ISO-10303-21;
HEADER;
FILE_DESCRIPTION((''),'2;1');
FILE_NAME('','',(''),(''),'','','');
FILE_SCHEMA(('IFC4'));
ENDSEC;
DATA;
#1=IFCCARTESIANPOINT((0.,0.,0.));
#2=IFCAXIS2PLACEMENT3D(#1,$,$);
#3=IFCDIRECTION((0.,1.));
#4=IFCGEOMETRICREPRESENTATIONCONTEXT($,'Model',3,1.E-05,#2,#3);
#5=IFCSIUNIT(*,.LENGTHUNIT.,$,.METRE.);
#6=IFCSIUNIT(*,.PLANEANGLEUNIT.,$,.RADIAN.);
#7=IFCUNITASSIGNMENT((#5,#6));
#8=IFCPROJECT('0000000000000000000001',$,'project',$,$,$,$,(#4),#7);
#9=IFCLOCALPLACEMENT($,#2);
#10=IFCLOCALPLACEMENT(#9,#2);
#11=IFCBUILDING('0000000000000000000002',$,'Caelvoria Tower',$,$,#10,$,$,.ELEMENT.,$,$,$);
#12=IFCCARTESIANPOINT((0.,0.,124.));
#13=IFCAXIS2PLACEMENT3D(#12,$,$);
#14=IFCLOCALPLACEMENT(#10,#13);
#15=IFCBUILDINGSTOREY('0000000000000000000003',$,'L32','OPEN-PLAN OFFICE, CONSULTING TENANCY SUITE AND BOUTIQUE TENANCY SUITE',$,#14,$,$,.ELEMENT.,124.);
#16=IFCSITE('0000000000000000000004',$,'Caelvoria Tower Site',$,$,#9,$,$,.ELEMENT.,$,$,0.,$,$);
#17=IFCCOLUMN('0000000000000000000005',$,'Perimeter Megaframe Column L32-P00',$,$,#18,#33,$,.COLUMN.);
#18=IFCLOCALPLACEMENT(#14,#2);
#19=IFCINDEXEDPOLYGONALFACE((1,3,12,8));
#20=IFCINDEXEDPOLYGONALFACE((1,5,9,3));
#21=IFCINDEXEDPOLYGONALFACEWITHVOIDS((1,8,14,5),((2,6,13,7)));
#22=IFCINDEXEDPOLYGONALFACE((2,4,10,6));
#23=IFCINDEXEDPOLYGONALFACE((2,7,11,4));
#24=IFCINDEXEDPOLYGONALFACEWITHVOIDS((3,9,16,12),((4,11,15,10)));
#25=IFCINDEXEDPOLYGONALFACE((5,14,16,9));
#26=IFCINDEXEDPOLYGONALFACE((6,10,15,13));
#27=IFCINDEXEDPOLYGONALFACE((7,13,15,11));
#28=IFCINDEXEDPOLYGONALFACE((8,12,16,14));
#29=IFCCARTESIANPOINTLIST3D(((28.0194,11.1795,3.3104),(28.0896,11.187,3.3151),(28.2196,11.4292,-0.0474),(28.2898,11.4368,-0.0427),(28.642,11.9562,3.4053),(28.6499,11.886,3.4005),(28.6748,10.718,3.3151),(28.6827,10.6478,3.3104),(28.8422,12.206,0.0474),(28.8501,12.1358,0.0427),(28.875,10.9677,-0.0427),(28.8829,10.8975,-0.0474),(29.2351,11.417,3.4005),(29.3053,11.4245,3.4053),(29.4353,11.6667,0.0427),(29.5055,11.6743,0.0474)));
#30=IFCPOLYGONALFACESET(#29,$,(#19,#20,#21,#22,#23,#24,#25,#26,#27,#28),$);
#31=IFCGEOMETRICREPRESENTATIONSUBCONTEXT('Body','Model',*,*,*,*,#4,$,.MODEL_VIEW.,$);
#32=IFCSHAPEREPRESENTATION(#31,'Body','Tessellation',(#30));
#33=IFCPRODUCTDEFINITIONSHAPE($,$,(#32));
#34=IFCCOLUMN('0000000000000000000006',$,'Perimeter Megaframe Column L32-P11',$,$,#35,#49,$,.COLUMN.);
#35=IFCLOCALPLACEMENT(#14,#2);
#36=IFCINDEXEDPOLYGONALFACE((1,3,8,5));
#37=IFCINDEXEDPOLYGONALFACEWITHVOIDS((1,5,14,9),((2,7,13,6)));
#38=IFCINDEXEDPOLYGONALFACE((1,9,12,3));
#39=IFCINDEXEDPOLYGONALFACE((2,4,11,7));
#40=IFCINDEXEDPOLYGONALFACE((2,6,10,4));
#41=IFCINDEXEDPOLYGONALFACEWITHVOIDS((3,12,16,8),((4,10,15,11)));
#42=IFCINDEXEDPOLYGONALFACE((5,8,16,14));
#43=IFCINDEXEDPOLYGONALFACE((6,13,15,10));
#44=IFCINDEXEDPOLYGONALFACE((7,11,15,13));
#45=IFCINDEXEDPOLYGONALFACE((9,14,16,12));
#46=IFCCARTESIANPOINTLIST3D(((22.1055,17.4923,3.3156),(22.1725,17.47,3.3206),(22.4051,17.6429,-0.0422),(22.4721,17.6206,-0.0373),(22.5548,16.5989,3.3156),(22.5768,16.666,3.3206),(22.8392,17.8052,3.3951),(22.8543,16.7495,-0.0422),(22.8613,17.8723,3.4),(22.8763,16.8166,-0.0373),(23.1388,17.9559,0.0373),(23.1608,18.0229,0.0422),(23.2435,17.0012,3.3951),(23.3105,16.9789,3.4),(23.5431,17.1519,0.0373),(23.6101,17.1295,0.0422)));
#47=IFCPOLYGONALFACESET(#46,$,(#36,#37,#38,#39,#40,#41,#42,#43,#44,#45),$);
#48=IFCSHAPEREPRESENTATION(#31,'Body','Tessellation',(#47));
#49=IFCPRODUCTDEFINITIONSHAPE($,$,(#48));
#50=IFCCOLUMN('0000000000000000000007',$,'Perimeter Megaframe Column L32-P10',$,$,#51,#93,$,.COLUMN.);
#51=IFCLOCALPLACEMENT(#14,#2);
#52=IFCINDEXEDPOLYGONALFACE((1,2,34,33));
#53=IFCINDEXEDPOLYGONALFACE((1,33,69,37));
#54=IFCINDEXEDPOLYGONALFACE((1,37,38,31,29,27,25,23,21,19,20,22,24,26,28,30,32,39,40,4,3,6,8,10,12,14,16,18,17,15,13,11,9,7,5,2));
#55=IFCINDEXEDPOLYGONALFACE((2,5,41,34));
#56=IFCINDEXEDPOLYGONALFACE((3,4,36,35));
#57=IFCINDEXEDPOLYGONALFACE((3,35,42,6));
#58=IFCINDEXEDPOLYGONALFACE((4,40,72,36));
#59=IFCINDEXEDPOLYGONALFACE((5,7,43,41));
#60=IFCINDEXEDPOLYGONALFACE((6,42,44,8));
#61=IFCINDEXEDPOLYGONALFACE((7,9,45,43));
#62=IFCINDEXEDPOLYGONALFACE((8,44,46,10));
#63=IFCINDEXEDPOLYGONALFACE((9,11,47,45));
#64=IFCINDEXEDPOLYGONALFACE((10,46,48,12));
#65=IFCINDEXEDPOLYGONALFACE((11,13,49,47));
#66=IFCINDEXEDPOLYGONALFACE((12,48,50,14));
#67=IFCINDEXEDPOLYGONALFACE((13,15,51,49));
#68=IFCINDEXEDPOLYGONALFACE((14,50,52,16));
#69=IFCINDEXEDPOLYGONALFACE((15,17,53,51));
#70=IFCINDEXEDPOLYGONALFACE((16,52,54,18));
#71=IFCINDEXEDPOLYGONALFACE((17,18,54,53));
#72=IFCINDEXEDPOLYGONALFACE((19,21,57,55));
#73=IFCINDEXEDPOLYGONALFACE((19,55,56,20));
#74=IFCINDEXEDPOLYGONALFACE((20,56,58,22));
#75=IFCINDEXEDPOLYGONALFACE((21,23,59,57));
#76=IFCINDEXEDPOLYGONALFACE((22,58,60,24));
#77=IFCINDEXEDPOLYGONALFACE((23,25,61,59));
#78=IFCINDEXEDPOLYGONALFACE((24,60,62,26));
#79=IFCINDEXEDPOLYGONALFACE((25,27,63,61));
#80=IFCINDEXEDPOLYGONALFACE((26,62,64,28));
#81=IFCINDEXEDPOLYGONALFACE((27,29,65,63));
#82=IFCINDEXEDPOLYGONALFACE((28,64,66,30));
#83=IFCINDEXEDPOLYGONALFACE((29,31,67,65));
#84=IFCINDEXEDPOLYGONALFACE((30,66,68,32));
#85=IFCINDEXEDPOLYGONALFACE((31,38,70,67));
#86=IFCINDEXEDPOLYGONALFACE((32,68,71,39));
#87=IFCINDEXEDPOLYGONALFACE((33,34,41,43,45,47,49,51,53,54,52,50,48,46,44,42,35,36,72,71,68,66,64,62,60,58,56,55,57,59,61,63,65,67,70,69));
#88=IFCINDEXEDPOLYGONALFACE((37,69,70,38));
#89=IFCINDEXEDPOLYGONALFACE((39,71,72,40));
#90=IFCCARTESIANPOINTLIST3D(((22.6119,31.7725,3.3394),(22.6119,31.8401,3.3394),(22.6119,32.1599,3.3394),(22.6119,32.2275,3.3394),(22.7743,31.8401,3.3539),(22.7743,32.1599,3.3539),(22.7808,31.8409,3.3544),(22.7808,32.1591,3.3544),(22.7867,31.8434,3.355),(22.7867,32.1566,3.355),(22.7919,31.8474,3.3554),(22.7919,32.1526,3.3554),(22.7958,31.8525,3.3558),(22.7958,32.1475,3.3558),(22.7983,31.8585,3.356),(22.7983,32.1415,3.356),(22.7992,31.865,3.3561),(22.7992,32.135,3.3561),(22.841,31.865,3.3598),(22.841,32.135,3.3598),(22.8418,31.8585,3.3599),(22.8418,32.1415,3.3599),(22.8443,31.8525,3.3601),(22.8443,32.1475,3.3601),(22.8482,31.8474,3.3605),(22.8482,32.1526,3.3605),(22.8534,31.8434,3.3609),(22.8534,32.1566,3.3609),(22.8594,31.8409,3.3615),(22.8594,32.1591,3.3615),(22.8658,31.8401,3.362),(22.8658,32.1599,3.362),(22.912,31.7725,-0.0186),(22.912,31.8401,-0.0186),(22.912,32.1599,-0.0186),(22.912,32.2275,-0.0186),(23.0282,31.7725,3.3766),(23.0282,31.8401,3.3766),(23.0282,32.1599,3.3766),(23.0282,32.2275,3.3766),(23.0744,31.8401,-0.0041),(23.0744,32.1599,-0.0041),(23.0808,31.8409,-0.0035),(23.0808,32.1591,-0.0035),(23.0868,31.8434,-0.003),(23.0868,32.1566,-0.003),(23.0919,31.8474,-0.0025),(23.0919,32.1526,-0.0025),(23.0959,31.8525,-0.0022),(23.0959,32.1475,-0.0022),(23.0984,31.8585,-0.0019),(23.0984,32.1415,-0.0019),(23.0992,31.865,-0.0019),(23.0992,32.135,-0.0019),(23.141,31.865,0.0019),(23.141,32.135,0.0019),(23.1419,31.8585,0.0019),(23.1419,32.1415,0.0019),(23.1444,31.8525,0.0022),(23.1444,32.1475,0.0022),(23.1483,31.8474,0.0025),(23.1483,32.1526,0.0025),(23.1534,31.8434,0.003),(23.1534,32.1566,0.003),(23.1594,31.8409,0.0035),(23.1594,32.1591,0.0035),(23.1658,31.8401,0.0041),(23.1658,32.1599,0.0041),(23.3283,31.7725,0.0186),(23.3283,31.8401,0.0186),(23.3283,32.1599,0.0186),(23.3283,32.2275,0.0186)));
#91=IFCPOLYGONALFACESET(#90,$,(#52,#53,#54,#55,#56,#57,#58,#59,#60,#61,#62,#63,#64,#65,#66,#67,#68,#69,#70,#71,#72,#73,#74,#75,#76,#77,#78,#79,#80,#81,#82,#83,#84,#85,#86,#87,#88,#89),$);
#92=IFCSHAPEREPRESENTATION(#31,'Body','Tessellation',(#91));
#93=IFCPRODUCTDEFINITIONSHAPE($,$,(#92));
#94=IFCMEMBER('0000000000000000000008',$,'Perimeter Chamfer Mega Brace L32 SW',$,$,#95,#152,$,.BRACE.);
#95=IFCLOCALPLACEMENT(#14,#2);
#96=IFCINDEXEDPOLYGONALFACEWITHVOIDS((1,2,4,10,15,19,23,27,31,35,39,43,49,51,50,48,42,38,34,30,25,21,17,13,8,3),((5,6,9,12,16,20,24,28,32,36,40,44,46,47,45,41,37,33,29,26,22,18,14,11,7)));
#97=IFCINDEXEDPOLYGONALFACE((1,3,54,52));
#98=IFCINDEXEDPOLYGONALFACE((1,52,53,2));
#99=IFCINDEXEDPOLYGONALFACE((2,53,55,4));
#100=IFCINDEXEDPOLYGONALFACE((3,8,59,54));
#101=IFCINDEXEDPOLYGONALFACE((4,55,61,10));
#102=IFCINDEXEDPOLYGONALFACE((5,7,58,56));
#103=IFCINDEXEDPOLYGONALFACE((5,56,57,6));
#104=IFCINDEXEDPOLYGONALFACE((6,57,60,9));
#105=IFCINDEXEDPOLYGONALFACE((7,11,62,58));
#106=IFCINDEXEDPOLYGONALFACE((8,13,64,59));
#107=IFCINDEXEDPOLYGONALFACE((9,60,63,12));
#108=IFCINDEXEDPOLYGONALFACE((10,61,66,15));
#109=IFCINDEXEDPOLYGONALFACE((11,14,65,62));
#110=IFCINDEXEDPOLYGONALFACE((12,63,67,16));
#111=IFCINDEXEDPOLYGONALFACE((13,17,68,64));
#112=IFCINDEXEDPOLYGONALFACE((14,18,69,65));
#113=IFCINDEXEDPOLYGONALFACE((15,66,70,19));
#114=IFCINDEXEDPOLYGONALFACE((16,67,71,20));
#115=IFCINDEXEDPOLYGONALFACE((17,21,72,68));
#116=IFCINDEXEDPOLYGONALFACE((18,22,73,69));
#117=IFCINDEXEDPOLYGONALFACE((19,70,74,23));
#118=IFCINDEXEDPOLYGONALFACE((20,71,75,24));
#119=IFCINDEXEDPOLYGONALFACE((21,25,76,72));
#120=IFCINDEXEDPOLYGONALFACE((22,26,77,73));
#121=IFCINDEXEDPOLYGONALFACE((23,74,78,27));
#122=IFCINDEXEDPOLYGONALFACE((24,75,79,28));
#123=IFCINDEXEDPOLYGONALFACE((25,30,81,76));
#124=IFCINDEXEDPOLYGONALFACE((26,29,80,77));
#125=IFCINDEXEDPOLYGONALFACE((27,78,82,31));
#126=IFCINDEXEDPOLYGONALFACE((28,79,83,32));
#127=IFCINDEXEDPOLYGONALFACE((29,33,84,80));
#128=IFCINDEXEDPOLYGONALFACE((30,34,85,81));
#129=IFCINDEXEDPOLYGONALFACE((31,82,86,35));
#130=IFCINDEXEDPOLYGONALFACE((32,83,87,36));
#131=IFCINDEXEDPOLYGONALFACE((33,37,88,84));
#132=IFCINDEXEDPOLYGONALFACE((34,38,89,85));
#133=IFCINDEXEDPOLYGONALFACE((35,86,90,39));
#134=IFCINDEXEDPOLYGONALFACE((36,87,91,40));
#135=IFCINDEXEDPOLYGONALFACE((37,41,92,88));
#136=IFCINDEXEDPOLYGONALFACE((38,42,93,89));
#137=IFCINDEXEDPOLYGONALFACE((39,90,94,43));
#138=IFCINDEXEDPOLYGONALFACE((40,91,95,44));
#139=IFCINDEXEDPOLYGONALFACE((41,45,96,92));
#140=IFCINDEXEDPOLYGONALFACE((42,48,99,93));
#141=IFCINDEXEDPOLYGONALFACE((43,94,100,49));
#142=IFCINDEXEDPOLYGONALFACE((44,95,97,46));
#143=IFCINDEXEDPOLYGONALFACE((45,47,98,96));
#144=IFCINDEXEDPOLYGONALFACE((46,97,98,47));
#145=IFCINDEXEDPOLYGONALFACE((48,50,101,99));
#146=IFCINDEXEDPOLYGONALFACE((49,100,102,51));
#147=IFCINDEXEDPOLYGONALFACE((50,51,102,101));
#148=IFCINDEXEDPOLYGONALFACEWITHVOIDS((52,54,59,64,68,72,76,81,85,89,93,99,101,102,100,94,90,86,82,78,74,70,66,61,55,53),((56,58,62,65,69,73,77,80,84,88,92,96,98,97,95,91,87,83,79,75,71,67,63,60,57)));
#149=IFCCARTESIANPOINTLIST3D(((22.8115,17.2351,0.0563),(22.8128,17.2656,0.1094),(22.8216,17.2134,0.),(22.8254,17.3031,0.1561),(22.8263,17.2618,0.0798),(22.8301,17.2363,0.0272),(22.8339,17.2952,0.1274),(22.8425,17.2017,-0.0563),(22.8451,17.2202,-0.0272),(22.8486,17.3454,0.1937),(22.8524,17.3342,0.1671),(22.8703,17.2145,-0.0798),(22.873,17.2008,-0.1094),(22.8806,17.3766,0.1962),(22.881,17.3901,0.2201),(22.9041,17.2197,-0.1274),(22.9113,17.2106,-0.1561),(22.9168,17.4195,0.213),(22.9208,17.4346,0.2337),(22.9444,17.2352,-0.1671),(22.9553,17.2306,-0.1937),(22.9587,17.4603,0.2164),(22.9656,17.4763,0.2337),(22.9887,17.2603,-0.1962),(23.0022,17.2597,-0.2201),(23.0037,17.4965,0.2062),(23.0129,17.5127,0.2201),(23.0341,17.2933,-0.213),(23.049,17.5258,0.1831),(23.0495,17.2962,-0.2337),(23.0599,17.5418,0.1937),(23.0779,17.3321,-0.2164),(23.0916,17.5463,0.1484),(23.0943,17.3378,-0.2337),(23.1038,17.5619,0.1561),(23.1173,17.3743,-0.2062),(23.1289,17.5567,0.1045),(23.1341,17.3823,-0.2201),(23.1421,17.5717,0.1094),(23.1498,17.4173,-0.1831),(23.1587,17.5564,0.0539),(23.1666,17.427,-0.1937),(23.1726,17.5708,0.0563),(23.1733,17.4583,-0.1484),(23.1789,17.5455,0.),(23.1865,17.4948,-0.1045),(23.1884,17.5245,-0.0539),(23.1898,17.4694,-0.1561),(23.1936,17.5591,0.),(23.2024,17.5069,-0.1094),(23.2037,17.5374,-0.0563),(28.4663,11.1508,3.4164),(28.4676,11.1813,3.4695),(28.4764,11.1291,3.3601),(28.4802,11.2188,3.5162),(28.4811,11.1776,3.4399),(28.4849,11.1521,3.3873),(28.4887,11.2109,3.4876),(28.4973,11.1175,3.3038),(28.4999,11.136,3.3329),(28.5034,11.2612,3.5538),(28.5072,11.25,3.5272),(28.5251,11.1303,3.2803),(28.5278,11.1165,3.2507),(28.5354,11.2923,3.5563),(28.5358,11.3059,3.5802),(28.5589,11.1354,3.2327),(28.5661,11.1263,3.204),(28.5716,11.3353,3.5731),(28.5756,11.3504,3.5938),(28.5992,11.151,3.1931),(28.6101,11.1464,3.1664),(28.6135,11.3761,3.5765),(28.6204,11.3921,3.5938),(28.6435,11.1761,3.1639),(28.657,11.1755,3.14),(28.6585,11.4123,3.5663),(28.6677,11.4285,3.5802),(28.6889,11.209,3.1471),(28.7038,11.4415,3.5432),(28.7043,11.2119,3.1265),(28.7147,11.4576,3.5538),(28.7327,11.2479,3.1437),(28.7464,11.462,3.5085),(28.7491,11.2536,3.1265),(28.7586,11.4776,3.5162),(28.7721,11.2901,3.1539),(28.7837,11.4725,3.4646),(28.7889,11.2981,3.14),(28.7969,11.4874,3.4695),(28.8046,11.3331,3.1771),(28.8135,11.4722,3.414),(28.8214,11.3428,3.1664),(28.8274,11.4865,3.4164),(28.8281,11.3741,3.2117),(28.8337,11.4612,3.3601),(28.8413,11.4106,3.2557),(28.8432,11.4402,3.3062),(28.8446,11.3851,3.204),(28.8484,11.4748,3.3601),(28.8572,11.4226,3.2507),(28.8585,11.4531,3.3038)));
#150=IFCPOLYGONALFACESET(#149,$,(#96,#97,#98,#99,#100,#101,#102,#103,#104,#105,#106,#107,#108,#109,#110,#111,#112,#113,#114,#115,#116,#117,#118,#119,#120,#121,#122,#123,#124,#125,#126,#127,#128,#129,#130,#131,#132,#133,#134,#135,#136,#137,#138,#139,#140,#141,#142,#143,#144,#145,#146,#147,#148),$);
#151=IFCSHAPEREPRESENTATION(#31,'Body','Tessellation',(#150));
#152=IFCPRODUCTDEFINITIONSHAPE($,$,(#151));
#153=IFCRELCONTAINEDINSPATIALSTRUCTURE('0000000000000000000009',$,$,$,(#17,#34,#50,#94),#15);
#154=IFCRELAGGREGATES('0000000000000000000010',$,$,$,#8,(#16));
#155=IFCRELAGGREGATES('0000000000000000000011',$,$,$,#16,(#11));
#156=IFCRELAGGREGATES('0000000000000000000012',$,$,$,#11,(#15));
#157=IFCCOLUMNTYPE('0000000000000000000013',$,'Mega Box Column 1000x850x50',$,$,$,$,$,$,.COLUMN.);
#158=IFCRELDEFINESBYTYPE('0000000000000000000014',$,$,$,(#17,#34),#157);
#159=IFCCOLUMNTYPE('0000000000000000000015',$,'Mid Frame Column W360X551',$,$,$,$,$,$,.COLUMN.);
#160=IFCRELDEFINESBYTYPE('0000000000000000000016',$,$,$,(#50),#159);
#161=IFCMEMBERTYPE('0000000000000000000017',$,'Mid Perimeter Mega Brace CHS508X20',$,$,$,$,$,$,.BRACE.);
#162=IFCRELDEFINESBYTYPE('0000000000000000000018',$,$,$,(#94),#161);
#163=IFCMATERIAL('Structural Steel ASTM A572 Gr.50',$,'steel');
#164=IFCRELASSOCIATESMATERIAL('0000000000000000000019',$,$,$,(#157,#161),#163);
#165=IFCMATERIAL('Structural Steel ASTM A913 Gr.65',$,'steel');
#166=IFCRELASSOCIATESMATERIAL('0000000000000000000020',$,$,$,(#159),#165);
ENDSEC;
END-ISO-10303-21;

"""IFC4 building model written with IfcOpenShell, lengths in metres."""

from ifc_helpers import new_model, si_unit, direction, frame, origin, origin_2d, place, context, subcontext, project, spatial, hollow_rectangle, hollow_circle, i_section, extrude, material, material_profile, profile_set, type_object, element, save


model = new_model("IFC4")

# Units and contexts
model_context = context("Model", 3, precision=1e-05, world=origin(), true_north=direction((0.0, 1.0)))
body_context = subcontext(model_context, "Body", "Model", "MODEL_VIEW")
ifc_project = project(units=[si_unit("LENGTHUNIT", "METRE"), si_unit("PLANEANGLEUNIT", "RADIAN")], contexts=[model_context])

# Site, building, storey
site_placement = place(None, origin())
site = spatial("IfcSite", under=ifc_project, at=site_placement, Name="Caelvoria Tower Site", CompositionType="ELEMENT", RefElevation=0.0)
building_placement = place(site_placement, origin())
building = spatial("IfcBuilding", under=site, at=building_placement, Name="Caelvoria Tower", CompositionType="ELEMENT")
storey_placement = place(building_placement, frame((0.0, 0.0, 124.0)))
storey = spatial("IfcBuildingStorey", under=building, at=storey_placement, Name="L32", Description="OPEN-PLAN OFFICE, CONSULTING TENANCY SUITE AND BOUTIQUE TENANCY SUITE", CompositionType="ELEMENT", Elevation=124.0)

# Columns
ifc_material_1 = material(Name="Structural Steel ASTM A572 Gr.50", Category="steel")
ifc_material_profile_1 = material_profile(ifc_material_1, hollow_rectangle(XDim=0.8501, YDim=1.0, WallThickness=0.05, at=origin_2d()), Name="Structural Steel ASTM A572 Gr.50")
ifc_profile_set_1 = profile_set([ifc_material_profile_1], Name="BOX1000X850X50 - Structural Steel ASTM A572 Gr.50")
column_type_1 = type_object("IfcColumnType", Name="Mega Box Column 1000x850x50", PredefinedType="COLUMN", material=ifc_profile_set_1)
column_1_placement = place(storey_placement, frame((28.8625, 11.5518, 0.0), z_axis=(-0.05935, -0.074043, 0.995487), x_axis=(0.780273, -0.625439, 0.0)))
element("IfcColumn", 1, at=column_1_placement, inside=storey, type_object=column_type_1, Name="Perimeter Megaframe Column L32-P00", PredefinedType="COLUMN", context=body_context, shape_type="SweptSolid", body=[
    extrude(hollow_rectangle(XDim=0.8501, YDim=1.0, WallThickness=0.05, at=origin_2d()), origin(), (0.0, 0.0, 1.0), 3.373),
])
column_2_placement = place(storey_placement, frame((23.0076, 17.3862, 0.0), z_axis=(-0.088769, -0.044638, 0.995052), x_axis=(0.888985, 0.447028, 0.09936)))
element("IfcColumn", 2, at=column_2_placement, inside=storey, type_object=column_type_1, Name="Perimeter Megaframe Column L32-P11", PredefinedType="COLUMN", context=body_context, shape_type="SweptSolid", body=[
    extrude(hollow_rectangle(XDim=0.8501, YDim=1.0, WallThickness=0.05, at=origin_2d()), origin(), (0.0, 0.0, 1.0), 3.3745),
])
ifc_material_2 = material(Name="Structural Steel ASTM A913 Gr.65", Category="steel")
ifc_material_profile_2 = material_profile(ifc_material_2, i_section(OverallWidth=0.418, OverallDepth=0.4551, WebThickness=0.042, FlangeThickness=0.0676, FilletRadius=0.0249, at=origin_2d()), Name="Structural Steel ASTM A913 Gr.65")
ifc_profile_set_2 = profile_set([ifc_material_profile_2], Name="W360X551 - Structural Steel ASTM A913 Gr.65")
column_type_2 = type_object("IfcColumnType", Name="Mid Frame Column W360X551", PredefinedType="COLUMN", material=ifc_profile_set_2)
column_3_placement = place(storey_placement, frame((23.1201, 32.0, 0.0), z_axis=(-0.089001, 0.0, 0.996032), x_axis=(0.996032, 0.0, 0.089001)))
element("IfcColumn", 3, at=column_3_placement, inside=storey, type_object=column_type_2, Name="Perimeter Megaframe Column L32-P10", PredefinedType="COLUMN", context=body_context, shape_type="SweptSolid", body=[
    extrude(i_section(OverallWidth=0.418, OverallDepth=0.4551, WebThickness=0.042, FlangeThickness=0.0676, FilletRadius=0.0249, at=origin_2d()), origin(), (0.0, 0.0, 1.0), 3.3713),
])

# Member
ifc_material_profile_3 = material_profile(ifc_material_1, hollow_circle(Radius=0.2539, WallThickness=0.02, at=origin_2d()), Name="Structural Steel ASTM A572 Gr.50")
ifc_profile_set_3 = profile_set([ifc_material_profile_3], Name="CHS508X20 - Structural Steel ASTM A572 Gr.50")
member_type = type_object("IfcMemberType", Name="Mid Perimeter Mega Brace CHS508X20", PredefinedType="BRACE", material=ifc_profile_set_3)
member_placement = place(storey_placement, frame((23.0076, 17.3862, 0.0), z_axis=(0.631102, -0.67903, 0.375005), x_axis=(0.732485, 0.680784, 0.0)))
element("IfcMember", 4, at=member_placement, inside=storey, type_object=member_type, Name="Perimeter Chamfer Mega Brace L32 SW", PredefinedType="BRACE", context=body_context, shape_type="SweptSolid", body=[
    extrude(hollow_circle(Radius=0.2539, WallThickness=0.02, at=origin_2d()), origin(), (0.0, 0.0, 1.0), 8.9602),
])

save(model, "model.ifc")
